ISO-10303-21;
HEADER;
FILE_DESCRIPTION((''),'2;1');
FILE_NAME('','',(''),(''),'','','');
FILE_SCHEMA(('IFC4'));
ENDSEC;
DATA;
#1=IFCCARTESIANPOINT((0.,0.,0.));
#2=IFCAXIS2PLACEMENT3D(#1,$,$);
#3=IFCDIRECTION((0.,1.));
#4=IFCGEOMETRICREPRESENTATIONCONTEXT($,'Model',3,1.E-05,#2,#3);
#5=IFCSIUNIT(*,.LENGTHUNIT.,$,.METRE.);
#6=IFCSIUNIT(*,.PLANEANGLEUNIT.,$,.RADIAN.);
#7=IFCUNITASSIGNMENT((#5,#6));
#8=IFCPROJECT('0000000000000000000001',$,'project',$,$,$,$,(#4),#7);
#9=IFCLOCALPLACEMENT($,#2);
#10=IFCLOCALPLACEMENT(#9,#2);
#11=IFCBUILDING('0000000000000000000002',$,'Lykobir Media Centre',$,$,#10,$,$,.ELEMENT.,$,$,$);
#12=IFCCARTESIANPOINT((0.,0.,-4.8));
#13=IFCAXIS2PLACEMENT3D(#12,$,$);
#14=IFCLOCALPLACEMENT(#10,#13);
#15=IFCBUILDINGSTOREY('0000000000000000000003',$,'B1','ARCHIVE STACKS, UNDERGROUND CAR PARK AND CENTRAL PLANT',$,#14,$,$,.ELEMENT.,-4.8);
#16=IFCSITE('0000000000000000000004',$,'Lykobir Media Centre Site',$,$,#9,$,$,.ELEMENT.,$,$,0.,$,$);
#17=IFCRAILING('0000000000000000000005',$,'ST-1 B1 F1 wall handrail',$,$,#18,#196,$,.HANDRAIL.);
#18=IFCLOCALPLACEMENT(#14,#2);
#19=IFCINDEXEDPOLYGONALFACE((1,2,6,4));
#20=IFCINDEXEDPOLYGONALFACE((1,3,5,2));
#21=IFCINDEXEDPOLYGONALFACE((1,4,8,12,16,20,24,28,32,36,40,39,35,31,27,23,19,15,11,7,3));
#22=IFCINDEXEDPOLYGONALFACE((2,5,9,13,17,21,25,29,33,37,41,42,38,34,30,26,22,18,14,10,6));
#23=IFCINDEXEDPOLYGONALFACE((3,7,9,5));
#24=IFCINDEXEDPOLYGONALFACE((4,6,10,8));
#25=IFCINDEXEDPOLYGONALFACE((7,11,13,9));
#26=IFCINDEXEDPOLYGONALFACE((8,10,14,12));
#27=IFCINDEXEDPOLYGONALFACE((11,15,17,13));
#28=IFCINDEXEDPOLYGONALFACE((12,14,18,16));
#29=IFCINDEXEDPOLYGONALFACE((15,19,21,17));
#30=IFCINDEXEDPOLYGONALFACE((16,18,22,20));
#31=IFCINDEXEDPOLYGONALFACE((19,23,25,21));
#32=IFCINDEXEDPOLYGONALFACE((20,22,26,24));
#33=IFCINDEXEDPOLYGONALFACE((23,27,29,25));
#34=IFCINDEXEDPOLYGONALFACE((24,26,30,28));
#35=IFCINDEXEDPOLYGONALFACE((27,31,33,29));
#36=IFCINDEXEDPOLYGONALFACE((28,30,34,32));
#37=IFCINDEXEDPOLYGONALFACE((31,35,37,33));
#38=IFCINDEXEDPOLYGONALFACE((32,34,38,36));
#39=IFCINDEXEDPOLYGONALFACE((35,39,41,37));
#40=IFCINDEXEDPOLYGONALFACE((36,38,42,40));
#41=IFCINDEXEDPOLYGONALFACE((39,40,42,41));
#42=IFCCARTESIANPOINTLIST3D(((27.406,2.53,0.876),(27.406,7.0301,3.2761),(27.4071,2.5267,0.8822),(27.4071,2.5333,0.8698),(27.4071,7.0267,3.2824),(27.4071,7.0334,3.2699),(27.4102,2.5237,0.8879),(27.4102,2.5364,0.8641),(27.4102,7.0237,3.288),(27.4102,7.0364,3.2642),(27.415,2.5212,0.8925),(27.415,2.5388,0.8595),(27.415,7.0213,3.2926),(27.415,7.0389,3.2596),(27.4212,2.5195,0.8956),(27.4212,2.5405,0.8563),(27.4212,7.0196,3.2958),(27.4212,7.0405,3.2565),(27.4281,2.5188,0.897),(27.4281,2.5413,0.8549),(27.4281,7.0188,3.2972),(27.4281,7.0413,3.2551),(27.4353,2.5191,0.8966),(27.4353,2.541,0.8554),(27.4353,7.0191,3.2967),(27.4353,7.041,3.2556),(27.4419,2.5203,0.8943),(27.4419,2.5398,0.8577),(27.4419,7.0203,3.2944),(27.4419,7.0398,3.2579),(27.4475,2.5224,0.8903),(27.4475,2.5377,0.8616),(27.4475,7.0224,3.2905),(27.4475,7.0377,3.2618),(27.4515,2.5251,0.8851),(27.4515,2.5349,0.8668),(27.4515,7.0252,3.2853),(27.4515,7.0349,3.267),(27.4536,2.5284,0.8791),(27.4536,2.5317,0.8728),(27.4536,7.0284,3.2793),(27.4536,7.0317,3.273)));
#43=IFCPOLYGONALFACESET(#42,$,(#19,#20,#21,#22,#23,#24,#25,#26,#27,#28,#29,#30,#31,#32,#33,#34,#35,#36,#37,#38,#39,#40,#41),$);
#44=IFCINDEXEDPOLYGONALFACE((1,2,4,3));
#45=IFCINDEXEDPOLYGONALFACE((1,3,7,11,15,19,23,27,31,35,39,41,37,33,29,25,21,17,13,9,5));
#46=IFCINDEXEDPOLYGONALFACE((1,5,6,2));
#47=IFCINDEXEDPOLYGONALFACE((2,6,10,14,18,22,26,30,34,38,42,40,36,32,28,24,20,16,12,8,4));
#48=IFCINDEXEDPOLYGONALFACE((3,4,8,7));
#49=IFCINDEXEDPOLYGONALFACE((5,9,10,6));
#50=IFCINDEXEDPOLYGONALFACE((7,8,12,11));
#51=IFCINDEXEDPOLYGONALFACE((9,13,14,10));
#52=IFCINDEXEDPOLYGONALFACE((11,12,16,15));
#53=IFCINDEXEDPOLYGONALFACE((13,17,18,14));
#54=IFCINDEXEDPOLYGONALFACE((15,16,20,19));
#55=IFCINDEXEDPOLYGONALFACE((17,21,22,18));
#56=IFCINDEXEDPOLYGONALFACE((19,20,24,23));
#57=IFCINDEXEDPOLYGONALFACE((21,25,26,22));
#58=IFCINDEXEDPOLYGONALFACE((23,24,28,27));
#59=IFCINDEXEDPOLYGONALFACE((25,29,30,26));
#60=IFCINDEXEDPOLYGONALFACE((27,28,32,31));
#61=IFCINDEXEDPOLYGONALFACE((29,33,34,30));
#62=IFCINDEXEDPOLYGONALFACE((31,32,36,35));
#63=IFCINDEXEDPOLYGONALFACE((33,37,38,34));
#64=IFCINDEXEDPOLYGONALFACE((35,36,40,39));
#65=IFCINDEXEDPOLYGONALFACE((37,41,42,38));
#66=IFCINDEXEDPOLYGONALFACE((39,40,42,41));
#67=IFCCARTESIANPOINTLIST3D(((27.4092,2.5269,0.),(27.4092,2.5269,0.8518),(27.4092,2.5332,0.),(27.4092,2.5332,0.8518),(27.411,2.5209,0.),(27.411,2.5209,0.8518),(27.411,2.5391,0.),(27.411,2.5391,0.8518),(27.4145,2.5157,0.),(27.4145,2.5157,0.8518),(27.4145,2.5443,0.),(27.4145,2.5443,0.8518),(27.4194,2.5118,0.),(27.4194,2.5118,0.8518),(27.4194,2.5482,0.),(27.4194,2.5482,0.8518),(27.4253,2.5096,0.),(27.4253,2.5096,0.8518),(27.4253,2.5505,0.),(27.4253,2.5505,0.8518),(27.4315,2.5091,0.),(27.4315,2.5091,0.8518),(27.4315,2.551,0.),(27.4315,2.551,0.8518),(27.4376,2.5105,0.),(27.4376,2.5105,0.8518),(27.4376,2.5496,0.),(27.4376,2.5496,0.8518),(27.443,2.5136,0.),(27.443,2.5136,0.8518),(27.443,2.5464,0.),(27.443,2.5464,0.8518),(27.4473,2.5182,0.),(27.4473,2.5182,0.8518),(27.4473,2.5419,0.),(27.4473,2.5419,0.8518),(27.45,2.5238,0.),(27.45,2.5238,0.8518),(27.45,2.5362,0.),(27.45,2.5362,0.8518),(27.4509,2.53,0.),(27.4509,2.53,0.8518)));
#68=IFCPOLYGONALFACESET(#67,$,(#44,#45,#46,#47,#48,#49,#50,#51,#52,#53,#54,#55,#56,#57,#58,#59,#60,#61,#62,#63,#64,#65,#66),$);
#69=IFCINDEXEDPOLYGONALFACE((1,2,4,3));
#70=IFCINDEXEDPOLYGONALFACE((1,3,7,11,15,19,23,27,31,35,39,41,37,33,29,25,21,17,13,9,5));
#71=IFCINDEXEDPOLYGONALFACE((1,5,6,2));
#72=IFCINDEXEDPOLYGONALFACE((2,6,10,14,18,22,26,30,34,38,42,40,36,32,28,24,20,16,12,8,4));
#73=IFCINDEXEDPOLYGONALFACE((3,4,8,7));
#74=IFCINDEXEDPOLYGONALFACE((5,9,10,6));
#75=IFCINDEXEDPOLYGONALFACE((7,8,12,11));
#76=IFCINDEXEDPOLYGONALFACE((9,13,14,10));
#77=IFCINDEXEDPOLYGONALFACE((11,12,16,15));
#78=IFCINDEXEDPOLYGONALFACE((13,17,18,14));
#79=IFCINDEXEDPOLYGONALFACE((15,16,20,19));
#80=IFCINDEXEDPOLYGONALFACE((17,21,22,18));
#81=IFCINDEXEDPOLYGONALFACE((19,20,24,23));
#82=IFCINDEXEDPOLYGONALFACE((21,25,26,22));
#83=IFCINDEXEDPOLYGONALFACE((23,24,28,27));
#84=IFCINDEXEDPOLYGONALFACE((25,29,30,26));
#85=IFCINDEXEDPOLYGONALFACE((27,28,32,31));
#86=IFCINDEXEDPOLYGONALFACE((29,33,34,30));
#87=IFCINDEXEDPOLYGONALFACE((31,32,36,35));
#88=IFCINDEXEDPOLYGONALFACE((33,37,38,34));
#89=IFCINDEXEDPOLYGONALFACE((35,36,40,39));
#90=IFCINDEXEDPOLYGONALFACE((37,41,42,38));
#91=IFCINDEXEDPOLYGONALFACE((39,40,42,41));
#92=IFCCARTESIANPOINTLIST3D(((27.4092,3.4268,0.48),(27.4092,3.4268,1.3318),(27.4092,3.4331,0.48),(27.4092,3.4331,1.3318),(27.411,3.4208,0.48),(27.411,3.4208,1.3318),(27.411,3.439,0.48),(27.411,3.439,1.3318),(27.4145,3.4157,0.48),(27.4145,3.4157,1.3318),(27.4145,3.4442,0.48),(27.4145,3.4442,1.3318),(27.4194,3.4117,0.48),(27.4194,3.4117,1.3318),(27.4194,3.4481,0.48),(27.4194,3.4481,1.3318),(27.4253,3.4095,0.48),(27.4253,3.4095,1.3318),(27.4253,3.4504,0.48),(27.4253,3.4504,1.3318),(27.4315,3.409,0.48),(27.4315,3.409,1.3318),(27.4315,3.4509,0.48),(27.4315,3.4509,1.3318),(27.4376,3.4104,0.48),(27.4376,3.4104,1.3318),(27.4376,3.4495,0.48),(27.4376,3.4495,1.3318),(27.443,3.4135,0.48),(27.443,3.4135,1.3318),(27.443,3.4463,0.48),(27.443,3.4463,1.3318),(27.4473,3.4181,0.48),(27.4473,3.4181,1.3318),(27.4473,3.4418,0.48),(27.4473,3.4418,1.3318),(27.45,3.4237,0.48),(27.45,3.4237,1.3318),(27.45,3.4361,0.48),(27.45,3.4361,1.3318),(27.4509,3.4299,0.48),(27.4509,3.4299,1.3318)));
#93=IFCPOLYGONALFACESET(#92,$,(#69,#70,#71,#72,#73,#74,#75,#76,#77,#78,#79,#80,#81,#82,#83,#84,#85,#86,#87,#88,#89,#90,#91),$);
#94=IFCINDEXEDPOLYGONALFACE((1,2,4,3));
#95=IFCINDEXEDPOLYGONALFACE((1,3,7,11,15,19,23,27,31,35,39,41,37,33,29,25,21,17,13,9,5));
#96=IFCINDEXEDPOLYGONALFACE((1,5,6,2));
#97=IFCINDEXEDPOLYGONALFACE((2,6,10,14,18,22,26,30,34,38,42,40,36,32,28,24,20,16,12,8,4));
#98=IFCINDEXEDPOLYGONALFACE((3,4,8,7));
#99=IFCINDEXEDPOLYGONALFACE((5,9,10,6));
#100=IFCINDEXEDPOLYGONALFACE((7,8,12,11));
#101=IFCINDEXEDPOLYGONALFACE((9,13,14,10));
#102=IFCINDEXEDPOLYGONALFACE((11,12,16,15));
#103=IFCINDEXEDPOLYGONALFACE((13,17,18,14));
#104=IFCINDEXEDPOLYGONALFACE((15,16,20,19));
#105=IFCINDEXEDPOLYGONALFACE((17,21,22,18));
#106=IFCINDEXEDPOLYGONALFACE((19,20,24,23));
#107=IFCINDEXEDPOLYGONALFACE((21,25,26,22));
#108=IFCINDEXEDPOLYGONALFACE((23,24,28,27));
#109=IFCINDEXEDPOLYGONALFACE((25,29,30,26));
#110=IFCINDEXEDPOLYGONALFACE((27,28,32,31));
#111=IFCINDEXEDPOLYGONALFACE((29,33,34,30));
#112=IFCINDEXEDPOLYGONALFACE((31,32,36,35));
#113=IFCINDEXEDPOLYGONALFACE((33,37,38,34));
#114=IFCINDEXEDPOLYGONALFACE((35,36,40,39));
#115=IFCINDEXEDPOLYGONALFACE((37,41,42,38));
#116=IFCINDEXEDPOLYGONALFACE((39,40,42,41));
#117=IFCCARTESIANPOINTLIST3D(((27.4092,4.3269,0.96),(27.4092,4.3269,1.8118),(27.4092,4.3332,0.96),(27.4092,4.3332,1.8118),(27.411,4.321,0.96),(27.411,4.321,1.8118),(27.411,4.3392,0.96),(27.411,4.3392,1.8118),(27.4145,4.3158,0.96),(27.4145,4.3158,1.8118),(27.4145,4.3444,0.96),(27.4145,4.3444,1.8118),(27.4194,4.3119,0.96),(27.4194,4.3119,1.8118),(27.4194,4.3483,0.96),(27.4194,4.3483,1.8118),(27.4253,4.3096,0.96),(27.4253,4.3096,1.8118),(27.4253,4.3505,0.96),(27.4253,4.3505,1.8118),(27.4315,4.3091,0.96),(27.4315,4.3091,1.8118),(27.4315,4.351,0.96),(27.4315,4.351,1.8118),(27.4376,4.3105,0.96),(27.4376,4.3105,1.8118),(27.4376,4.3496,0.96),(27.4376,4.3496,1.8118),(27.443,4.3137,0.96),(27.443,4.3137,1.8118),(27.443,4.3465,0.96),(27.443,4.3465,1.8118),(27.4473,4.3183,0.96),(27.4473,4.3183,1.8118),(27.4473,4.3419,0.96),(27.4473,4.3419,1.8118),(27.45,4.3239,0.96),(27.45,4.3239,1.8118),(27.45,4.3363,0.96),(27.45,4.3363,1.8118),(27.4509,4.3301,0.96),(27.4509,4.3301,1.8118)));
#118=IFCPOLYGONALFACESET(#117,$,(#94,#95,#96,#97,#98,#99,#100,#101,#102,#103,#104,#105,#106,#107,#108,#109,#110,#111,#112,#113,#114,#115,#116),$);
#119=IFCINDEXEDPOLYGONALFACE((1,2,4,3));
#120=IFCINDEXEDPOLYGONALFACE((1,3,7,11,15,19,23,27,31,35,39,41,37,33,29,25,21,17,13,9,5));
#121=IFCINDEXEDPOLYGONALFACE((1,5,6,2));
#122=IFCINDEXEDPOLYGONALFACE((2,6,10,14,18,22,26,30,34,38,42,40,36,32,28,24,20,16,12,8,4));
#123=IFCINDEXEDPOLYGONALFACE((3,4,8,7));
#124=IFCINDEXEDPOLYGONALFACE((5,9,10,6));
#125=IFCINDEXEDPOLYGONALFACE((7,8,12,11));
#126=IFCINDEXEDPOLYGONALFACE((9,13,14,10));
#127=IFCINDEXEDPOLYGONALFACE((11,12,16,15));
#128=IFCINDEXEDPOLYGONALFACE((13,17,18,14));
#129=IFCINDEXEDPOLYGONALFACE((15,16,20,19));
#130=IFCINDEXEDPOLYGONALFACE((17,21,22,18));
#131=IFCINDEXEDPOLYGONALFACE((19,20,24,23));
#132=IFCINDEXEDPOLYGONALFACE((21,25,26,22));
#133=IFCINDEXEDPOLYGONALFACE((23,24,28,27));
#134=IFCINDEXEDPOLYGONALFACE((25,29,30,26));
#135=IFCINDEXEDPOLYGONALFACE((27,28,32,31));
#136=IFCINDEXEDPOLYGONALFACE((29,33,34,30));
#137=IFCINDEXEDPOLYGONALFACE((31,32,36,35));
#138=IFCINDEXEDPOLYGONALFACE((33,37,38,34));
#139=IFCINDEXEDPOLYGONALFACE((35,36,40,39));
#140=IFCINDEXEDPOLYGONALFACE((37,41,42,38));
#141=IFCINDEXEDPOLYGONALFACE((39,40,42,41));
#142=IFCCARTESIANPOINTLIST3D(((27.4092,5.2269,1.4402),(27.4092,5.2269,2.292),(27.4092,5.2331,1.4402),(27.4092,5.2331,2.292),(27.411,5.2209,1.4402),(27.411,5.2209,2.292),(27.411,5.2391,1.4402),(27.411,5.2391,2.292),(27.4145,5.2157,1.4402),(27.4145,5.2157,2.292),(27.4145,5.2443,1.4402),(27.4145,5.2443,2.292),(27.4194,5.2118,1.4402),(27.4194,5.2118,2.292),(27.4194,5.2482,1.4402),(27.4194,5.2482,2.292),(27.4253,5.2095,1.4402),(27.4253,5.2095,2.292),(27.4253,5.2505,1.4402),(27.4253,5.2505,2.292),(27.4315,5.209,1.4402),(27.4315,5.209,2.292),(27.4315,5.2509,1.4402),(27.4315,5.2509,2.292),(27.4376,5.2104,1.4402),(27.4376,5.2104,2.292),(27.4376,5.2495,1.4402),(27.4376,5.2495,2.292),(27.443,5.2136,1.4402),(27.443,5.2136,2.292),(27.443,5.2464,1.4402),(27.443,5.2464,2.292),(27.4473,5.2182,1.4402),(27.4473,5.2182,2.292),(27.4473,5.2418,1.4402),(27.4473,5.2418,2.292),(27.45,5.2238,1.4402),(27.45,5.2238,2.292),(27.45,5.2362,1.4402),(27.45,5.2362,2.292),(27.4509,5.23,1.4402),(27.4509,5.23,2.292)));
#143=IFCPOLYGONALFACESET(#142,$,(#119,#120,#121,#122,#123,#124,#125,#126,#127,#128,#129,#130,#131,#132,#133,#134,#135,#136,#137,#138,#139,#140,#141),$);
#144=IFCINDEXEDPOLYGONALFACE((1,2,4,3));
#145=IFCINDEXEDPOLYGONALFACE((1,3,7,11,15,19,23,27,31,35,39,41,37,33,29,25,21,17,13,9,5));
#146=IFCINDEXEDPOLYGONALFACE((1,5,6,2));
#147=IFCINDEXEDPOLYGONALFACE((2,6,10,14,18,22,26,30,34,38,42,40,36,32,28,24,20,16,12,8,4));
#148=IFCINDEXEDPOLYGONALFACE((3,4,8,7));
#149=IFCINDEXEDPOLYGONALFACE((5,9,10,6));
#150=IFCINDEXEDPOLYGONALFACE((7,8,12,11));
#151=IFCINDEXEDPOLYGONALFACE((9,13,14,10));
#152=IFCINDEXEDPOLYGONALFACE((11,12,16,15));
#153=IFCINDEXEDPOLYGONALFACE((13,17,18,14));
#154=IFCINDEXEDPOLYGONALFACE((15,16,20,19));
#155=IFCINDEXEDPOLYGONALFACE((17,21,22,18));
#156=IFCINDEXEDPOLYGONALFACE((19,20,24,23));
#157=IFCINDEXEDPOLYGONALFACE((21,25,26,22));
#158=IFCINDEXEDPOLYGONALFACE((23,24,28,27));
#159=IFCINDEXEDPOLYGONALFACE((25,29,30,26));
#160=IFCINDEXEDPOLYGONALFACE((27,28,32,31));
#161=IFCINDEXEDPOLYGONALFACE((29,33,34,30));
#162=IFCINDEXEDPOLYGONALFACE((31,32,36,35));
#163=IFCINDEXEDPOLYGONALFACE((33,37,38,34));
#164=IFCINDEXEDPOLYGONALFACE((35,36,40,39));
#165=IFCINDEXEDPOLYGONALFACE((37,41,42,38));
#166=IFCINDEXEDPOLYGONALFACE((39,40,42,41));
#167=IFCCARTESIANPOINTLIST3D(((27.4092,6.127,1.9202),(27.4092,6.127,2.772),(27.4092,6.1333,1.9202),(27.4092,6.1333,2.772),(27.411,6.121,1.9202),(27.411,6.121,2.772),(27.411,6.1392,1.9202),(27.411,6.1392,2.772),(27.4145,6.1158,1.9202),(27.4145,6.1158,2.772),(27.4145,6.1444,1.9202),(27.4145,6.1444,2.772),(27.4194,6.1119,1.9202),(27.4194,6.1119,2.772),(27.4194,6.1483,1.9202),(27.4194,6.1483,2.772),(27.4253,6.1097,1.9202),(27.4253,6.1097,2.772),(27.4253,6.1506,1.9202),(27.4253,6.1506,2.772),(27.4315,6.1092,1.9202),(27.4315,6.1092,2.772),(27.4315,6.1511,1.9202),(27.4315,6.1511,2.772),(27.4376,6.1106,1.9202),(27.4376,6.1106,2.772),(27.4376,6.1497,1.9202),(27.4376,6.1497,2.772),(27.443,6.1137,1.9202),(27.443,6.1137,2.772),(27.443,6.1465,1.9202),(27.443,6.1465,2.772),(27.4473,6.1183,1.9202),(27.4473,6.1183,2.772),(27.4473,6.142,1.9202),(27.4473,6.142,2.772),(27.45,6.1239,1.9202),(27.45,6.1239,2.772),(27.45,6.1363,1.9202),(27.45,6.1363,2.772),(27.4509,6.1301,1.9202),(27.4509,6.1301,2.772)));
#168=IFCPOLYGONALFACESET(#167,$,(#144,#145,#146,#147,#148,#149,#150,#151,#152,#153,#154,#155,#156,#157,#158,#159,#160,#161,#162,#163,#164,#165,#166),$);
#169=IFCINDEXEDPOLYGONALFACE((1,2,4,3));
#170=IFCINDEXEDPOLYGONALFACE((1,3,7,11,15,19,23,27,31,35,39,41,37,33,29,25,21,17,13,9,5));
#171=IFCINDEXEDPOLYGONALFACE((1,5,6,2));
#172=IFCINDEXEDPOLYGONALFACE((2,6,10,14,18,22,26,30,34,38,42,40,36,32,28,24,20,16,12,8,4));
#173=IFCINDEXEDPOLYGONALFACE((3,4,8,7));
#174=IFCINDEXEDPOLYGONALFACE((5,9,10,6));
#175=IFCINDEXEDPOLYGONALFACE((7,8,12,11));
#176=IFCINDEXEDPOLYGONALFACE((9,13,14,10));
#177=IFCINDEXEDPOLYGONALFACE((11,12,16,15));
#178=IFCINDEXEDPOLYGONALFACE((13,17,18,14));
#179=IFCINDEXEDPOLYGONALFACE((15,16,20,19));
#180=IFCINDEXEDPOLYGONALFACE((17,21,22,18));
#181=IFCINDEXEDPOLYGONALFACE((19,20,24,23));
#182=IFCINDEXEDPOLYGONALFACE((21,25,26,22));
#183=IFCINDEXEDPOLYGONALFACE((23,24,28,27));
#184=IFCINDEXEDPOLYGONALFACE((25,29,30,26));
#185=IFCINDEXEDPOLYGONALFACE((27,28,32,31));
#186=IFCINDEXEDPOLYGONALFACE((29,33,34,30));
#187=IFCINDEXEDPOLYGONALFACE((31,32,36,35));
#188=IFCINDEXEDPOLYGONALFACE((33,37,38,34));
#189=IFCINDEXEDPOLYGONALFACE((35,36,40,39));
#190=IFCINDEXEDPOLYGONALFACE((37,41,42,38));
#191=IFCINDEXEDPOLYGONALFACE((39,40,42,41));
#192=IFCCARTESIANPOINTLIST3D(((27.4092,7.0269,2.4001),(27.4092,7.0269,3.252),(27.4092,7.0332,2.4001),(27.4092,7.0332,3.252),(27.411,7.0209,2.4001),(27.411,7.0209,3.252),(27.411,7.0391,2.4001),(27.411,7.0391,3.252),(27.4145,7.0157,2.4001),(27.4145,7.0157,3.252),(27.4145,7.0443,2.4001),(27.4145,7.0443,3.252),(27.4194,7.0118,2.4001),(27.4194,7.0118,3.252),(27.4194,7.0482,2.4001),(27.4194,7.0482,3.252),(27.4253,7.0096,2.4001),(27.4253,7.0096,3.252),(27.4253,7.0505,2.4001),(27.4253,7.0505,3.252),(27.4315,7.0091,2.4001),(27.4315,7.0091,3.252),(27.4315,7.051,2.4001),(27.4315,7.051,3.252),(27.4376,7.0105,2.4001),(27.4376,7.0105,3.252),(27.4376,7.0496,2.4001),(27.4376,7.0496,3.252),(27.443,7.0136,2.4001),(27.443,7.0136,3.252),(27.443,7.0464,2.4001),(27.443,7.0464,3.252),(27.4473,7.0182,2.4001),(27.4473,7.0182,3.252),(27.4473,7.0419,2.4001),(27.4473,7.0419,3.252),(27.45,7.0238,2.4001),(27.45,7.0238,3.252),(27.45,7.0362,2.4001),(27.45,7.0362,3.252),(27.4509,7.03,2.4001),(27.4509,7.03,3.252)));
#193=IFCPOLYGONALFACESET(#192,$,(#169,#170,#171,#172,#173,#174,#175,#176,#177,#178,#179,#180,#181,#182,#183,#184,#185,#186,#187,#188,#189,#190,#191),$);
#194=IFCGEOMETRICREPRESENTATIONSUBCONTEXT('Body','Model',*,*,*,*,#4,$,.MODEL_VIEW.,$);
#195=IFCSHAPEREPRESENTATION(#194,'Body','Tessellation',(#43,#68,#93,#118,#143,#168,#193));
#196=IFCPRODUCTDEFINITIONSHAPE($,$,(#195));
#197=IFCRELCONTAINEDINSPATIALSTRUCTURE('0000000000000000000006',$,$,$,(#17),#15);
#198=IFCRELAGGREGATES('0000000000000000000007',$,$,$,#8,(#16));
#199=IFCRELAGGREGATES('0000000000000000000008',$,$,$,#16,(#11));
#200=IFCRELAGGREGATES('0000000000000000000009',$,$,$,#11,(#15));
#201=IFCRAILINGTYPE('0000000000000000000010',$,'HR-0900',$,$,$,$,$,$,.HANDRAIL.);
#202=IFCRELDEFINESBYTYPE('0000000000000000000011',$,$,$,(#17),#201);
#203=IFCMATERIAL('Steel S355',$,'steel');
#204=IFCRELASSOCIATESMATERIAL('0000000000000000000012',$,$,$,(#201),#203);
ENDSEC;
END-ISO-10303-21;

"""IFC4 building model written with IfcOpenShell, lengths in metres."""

from ifc_helpers import new_model, si_unit, direction, frame, origin, origin_2d, place, context, subcontext, project, spatial, circle, extrude, material, type_object, element, save


model = new_model("IFC4")

# Units and contexts
model_context = context("Model", 3, precision=1e-05, world=origin(), true_north=direction((0.0, 1.0)))
body_context = subcontext(model_context, "Body", "Model", "MODEL_VIEW")
ifc_project = project(units=[si_unit("LENGTHUNIT", "METRE"), si_unit("PLANEANGLEUNIT", "RADIAN")], contexts=[model_context])

# Site, building, storey
site_placement = place(None, origin())
site = spatial("IfcSite", under=ifc_project, at=site_placement, Name="Lykobir Media Centre Site", CompositionType="ELEMENT", RefElevation=0.0)
building_placement = place(site_placement, origin())
building = spatial("IfcBuilding", under=site, at=building_placement, Name="Lykobir Media Centre", CompositionType="ELEMENT")
storey_placement = place(building_placement, frame((0.0, 0.0, -4.8)))
storey = spatial("IfcBuildingStorey", under=building, at=storey_placement, Name="B1", Description="ARCHIVE STACKS, UNDERGROUND CAR PARK AND CENTRAL PLANT", CompositionType="ELEMENT", Elevation=-4.8)

# Shared definitions
ifc_material_1 = material(Name="Steel S355", Category="steel")

# Railing
railing_type_1 = type_object("IfcRailingType", Name="HR-0900", PredefinedType="HANDRAIL", material=ifc_material_1)
railing_1_placement = place(storey_placement, frame((27.4299, 2.53, 0.0)))
element("IfcRailing", 1, at=railing_1_placement, inside=storey, type_object=railing_type_1, Name="ST-1 B1 F1 wall handrail", PredefinedType="HANDRAIL", context=body_context, shape_type="SweptSolid", body=[
    extrude(circle(Radius=0.0239, at=origin_2d()), frame((0.0, 0.0, 0.876), z_axis=(0.0, 0.882341, 0.470611), x_axis=(-1.0, 0.0, 0.0)), (0.0, 0.0, 1.0), 5.1001),
    extrude(circle(Radius=0.021, at=origin_2d()), origin(), (0.0, 0.0, 1.0), 0.8518),
    extrude(circle(Radius=0.021, at=origin_2d()), frame((0.0, 0.8999, 0.48)), (0.0, 0.0, 1.0), 0.8518),
    extrude(circle(Radius=0.021, at=origin_2d()), frame((0.0, 1.8, 0.96)), (0.0, 0.0, 1.0), 0.8518),
    extrude(circle(Radius=0.021, at=origin_2d()), frame((0.0, 2.7, 1.4402)), (0.0, 0.0, 1.0), 0.8518),
    extrude(circle(Radius=0.021, at=origin_2d()), frame((0.0, 3.6001, 1.9202)), (0.0, 0.0, 1.0), 0.8518),
    extrude(circle(Radius=0.021, at=origin_2d()), frame((0.0, 4.5, 2.4001)), (0.0, 0.0, 1.0), 0.8518),
])

save(model, "model.ifc")
